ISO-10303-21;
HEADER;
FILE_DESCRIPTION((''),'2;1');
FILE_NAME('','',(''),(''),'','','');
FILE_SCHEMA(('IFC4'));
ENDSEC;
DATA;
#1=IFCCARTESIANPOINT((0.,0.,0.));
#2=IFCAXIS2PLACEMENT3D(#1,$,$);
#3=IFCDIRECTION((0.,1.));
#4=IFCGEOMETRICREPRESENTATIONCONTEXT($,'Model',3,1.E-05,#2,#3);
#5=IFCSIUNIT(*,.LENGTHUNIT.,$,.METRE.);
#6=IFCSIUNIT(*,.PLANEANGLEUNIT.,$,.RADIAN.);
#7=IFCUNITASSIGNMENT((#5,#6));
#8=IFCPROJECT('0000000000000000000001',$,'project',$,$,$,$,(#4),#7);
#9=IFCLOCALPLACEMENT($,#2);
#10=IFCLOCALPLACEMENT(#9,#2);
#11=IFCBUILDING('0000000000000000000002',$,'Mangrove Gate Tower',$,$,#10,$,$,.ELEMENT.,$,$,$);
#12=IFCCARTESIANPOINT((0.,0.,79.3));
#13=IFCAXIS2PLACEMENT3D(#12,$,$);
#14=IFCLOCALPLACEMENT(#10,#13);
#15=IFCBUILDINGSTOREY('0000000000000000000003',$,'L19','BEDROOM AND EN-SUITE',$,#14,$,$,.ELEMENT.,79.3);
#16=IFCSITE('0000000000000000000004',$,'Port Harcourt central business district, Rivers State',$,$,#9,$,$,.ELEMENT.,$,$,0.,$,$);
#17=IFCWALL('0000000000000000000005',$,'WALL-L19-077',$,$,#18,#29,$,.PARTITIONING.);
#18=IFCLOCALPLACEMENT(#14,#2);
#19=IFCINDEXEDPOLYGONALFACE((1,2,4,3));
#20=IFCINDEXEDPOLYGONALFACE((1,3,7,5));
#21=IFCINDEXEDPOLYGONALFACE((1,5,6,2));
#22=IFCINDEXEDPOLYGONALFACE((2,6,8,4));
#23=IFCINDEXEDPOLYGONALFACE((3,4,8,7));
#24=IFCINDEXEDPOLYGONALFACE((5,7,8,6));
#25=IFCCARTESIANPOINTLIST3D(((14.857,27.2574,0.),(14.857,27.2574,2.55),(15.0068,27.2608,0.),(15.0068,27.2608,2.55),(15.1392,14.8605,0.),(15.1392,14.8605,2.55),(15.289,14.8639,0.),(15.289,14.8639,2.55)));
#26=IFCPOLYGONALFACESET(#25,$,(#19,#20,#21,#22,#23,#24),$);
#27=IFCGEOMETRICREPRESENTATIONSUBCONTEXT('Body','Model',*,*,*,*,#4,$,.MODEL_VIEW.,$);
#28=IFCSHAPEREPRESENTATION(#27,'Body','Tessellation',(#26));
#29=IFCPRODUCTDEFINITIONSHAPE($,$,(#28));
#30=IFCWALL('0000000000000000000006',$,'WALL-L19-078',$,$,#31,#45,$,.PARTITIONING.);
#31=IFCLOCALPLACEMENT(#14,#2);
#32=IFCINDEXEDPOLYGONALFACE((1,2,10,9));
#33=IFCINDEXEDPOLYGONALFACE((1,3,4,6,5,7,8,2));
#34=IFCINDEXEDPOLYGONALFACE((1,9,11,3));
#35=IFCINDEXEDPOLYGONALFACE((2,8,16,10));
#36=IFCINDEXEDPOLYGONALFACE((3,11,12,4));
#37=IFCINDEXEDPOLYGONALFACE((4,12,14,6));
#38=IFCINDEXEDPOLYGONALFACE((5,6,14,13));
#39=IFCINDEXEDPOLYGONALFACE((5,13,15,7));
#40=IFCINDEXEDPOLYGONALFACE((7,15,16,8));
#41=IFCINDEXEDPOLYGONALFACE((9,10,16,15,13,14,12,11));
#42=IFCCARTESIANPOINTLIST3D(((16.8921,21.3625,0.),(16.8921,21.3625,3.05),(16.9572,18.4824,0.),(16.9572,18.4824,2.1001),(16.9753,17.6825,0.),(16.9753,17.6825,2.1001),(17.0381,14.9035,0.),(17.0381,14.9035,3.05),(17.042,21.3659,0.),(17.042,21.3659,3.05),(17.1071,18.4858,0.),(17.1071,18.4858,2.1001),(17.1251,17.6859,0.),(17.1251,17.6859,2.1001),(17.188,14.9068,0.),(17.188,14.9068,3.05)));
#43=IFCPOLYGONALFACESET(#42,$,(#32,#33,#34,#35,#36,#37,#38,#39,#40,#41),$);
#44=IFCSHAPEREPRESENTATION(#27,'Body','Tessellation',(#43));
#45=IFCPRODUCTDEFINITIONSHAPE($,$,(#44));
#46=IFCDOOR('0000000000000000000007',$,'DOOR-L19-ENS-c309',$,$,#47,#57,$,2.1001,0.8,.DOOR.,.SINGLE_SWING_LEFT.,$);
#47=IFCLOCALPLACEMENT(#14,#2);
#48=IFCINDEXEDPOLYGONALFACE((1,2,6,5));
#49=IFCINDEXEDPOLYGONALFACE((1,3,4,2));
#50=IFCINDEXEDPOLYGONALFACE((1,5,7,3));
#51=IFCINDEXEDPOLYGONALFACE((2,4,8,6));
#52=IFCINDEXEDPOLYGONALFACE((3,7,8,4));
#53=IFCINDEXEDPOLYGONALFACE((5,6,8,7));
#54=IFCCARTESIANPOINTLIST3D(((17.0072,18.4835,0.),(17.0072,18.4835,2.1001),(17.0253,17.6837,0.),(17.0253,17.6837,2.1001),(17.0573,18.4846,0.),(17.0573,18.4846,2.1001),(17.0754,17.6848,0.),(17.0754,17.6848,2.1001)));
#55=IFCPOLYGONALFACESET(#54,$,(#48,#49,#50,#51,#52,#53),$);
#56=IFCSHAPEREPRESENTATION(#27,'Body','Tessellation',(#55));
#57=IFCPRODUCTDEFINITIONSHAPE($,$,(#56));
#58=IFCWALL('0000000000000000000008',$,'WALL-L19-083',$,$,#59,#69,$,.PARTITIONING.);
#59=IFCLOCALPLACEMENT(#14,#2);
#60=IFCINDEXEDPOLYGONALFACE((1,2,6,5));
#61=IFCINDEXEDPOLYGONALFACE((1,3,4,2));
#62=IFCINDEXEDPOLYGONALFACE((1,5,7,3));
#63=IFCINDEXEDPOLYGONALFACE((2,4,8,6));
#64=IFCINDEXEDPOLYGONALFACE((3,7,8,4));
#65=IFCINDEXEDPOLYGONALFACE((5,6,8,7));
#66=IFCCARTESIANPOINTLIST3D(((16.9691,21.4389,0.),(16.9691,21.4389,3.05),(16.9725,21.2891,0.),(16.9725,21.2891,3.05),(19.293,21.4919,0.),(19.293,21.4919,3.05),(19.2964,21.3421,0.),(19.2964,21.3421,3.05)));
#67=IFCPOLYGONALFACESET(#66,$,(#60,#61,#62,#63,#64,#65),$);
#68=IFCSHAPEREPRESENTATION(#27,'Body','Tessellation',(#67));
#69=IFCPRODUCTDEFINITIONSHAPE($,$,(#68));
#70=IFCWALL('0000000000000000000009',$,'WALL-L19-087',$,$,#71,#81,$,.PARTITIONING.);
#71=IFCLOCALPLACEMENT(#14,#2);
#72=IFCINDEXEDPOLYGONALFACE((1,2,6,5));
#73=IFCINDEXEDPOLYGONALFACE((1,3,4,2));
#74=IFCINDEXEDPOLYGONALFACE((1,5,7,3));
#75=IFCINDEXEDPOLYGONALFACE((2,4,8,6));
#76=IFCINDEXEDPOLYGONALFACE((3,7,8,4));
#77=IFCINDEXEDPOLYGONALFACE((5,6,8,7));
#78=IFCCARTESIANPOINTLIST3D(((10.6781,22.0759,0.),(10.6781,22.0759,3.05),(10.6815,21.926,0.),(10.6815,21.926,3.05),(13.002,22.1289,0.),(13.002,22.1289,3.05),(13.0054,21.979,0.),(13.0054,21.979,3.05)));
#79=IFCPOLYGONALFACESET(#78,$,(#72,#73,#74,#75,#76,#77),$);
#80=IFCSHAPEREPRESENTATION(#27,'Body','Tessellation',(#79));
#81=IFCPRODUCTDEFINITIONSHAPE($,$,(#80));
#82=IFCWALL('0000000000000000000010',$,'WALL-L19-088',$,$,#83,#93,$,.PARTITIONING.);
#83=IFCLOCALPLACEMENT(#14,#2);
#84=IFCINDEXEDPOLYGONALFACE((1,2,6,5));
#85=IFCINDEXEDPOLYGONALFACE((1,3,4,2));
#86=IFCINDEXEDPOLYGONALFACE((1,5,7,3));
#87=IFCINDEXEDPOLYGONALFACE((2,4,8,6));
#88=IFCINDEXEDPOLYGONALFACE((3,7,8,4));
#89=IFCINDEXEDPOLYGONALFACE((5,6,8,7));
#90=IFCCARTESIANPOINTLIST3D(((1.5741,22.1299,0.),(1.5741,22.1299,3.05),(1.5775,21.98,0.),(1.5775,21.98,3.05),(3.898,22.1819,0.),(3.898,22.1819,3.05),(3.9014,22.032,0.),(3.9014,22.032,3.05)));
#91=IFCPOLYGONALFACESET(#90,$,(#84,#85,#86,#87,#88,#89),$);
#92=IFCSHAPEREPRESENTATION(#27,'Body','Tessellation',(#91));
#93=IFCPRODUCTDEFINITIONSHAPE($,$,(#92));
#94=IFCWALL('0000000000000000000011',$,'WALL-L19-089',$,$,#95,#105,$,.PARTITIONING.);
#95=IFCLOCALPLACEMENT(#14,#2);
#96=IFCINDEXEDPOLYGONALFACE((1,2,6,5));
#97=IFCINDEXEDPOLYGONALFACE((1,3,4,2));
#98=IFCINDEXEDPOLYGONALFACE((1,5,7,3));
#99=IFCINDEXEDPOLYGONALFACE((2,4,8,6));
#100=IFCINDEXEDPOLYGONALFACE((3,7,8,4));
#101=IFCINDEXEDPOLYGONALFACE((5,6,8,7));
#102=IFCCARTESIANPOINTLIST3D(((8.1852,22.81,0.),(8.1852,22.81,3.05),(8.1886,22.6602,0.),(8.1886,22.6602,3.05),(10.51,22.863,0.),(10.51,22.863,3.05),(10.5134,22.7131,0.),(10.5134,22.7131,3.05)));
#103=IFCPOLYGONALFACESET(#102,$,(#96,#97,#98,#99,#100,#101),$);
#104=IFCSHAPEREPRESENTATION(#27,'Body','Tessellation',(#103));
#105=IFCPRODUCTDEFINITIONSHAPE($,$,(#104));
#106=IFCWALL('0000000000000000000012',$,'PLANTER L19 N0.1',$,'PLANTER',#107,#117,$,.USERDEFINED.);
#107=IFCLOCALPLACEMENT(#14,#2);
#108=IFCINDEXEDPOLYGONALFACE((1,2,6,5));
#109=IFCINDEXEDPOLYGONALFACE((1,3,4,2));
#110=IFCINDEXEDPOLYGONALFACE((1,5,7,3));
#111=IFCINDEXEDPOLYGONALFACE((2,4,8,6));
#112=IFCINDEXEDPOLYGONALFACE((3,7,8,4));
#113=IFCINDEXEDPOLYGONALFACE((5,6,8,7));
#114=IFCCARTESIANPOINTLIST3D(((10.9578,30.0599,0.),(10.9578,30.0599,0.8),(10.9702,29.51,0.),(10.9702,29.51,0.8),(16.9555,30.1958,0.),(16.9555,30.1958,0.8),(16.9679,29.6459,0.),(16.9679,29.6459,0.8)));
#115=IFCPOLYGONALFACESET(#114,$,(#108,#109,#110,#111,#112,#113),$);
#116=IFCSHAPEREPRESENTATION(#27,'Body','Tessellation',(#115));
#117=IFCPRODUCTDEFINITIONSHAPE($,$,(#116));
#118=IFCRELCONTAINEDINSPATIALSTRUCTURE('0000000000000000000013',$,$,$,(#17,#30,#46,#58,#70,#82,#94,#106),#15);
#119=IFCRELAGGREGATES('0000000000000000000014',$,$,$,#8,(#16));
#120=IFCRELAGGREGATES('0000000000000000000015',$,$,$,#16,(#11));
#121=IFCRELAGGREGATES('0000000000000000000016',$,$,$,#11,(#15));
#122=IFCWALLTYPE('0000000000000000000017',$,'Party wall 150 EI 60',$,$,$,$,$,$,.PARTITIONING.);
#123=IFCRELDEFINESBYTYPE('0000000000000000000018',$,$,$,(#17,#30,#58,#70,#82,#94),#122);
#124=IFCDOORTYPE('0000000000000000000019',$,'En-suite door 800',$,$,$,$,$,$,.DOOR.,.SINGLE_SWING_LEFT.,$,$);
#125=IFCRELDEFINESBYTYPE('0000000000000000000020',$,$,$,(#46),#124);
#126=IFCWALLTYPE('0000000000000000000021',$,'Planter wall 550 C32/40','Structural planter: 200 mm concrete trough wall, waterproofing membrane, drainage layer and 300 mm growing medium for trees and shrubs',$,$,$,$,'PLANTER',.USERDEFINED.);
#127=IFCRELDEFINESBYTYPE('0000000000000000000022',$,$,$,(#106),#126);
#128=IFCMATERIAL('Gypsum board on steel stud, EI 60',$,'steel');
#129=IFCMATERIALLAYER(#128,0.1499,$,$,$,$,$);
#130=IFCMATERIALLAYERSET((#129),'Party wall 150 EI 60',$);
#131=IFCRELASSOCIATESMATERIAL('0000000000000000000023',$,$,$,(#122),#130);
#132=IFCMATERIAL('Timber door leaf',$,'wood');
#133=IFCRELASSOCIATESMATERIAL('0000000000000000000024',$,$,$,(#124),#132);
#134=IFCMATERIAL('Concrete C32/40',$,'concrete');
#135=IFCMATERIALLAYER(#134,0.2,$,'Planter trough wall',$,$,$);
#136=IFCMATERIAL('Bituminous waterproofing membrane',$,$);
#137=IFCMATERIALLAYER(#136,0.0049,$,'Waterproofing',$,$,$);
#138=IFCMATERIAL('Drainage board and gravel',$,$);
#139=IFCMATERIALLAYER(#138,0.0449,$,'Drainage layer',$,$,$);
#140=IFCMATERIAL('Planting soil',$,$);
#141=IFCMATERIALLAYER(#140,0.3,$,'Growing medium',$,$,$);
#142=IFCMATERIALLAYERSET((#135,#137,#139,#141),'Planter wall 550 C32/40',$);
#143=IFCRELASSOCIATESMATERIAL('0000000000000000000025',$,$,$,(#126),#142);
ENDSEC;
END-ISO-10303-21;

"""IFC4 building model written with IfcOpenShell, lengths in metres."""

from ifc_helpers import new_model, si_unit, direction, frame, frame_2d, origin, place, context, subcontext, project, spatial, rectangle, extrude, material, layer, layer_set, type_object, element, fill, save


model = new_model("IFC4")

# Units and contexts
model_context = context("Model", 3, precision=1e-05, world=origin(), true_north=direction((0.0, 1.0)))
body_context = subcontext(model_context, "Body", "Model", "MODEL_VIEW")
ifc_project = project(units=[si_unit("LENGTHUNIT", "METRE"), si_unit("PLANEANGLEUNIT", "RADIAN")], contexts=[model_context])

# Site, building, storey
site_placement = place(None, origin())
site = spatial("IfcSite", under=ifc_project, at=site_placement, Name="Port Harcourt central business district, Rivers State", CompositionType="ELEMENT", RefElevation=0.0)
building_placement = place(site_placement, origin())
building = spatial("IfcBuilding", under=site, at=building_placement, Name="Mangrove Gate Tower", CompositionType="ELEMENT")
storey_placement = place(building_placement, frame((0.0, 0.0, 79.3)))
storey = spatial("IfcBuildingStorey", under=building, at=storey_placement, Name="L19", Description="BEDROOM AND EN-SUITE", CompositionType="ELEMENT", Elevation=79.3)

# Shared definitions
ifc_material_1 = material(Name="Gypsum board on steel stud, EI 60", Category="steel")
ifc_layer_1 = layer(ifc_material_1, 0.1499)
ifc_layer_set_1 = layer_set([ifc_layer_1], Name="Party wall 150 EI 60")
wall_type_1 = type_object("IfcWallType", Name="Party wall 150 EI 60", PredefinedType="PARTITIONING", material=ifc_layer_set_1)

# Shared definitions
ifc_material_2 = material(Name="Timber door leaf", Category="wood")
door_type = type_object("IfcDoorType", Name="En-suite door 800", OperationType="SINGLE_SWING_LEFT", PredefinedType="DOOR", material=ifc_material_2)

# Wall
wall_1_placement = place(storey_placement, frame((15.2141, 14.8621, 0.0), z_axis=(0.0, 0.0, 1.0), x_axis=(-0.02276, 0.999741, 0.0)))
element("IfcWall", 1, at=wall_1_placement, inside=storey, type_object=wall_type_1, Name="WALL-L19-077", PredefinedType="PARTITIONING", context=body_context, shape_type="SweptSolid", body=[
    extrude(rectangle(XDim=12.4001, YDim=0.1499, at=frame_2d((6.2002, 0.0))), origin(), (0.0, 0.0, 1.0), 2.55),
])

# Wall, opening, door
wall_2_placement = place(storey_placement, frame((17.113, 14.905, 0.0), z_axis=(0.0, 0.0, 1.0), x_axis=(-0.022598, 0.999745, 0.0)))
wall_2 = element("IfcWall", 2, at=wall_2_placement, inside=storey, type_object=wall_type_1, Name="WALL-L19-078", PredefinedType="PARTITIONING", context=body_context, shape_type="SweptSolid", body=[
    extrude(rectangle(XDim=6.4607, YDim=0.1499, at=frame_2d((3.2305, 0.0))), origin(), (0.0, 0.0, 1.0), 3.05),
])
opening_1_placement = place(wall_2_placement, frame((2.78, 0.0, 0.0)))
opening_1 = element("IfcOpeningElement", 3, at=opening_1_placement, cuts=wall_2, PredefinedType="OPENING", context=body_context, shape_type="SweptSolid", body=[
    extrude(rectangle(XDim=0.8, YDim=2.1001, at=frame_2d((0.3999, 1.05))), frame((0.0, 0.085, 0.0), z_axis=(0.0, -1.0, 0.0), x_axis=(1.0, 0.0, 0.0)), (0.0, 0.0, 1.0), 0.1699),
])
door_1_placement = place(opening_1_placement, origin())
door_1 = element("IfcDoor", 4, at=door_1_placement, inside=storey, type_object=door_type, Name="DOOR-L19-ENS-c309", OperationType="SINGLE_SWING_LEFT", OverallHeight=2.1001, OverallWidth=0.8, PredefinedType="DOOR", context=body_context, shape_type="SweptSolid", body=[
    extrude(rectangle(XDim=0.8, YDim=2.1001, at=frame_2d((0.3999, 1.05))), frame((0.0, 0.0249, 0.0), z_axis=(0.0, -1.0, 0.0), x_axis=(1.0, 0.0, 0.0)), (0.0, 0.0, 1.0), 0.05),
])
fill(opening_1, door_1)

# Walls
for number, where, z_axis, x_axis, name in (
    (5, (16.9709, 21.364, 0.0), (0.0, 0.0, 1.0), (0.99974, 0.022791, 0.0), "WALL-L19-083"),
    (6, (10.6799, 22.001, 0.0), (0.0, 0.0, 1.0), (0.99974, 0.022791, 0.0), "WALL-L19-087"),
    (7, (1.5759, 22.0549, 0.0), (0.0, 0.0, 1.0), (0.99975, 0.022371, 0.0), "WALL-L19-088"),
):
    element("IfcWall", number, at=place(storey_placement, frame(where, z_axis=z_axis, x_axis=x_axis)), inside=storey, type_object=wall_type_1, Name=name, PredefinedType="PARTITIONING", context=body_context, shape_type="SweptSolid", body=[
        extrude(rectangle(XDim=2.3245, YDim=0.1499, at=frame_2d((1.1621, 0.0))), origin(), (0.0, 0.0, 1.0), 3.05),
    ])
wall_3_placement = place(storey_placement, frame((8.187, 22.7351, 0.0), z_axis=(0.0, 0.0, 1.0), x_axis=(0.99974, 0.022781, 0.0)))
element("IfcWall", 8, at=wall_3_placement, inside=storey, type_object=wall_type_1, Name="WALL-L19-089", PredefinedType="PARTITIONING", context=body_context, shape_type="SweptSolid", body=[
    extrude(rectangle(XDim=2.3254, YDim=0.1499, at=frame_2d((1.1626, 0.0))), origin(), (0.0, 0.0, 1.0), 3.05),
])
ifc_material_3 = material(Name="Concrete C32/40", Category="concrete")
ifc_layer_2 = layer(ifc_material_3, 0.2, Name="Planter trough wall")
ifc_material_4 = material(Name="Bituminous waterproofing membrane")
ifc_layer_3 = layer(ifc_material_4, 0.0049, Name="Waterproofing")
ifc_material_5 = material(Name="Drainage board and gravel")
ifc_layer_4 = layer(ifc_material_5, 0.0449, Name="Drainage layer")
ifc_material_6 = material(Name="Planting soil")
ifc_layer_5 = layer(ifc_material_6, 0.3, Name="Growing medium")
ifc_layer_set_2 = layer_set([ifc_layer_2, ifc_layer_3, ifc_layer_4, ifc_layer_5], Name="Planter wall 550 C32/40")
wall_type_2 = type_object("IfcWallType", Name="Planter wall 550 C32/40", Description="Structural planter: 200 mm concrete trough wall, waterproofing membrane, drainage layer and 300 mm growing medium for trees and shrubs", ElementType="PLANTER", PredefinedType="USERDEFINED", material=ifc_layer_set_2)
wall_4_placement = place(storey_placement, frame((10.9641, 29.7849, 0.0), z_axis=(0.0, 0.0, 1.0), x_axis=(0.999743, 0.022667, 0.0)))
element("IfcWall", 9, at=wall_4_placement, inside=storey, type_object=wall_type_2, Name="PLANTER L19 N0.1", ObjectType="PLANTER", PredefinedType="USERDEFINED", context=body_context, shape_type="SweptSolid", body=[
    extrude(rectangle(XDim=5.9993, YDim=0.55, at=frame_2d((2.9995, 0.0))), origin(), (0.0, 0.0, 1.0), 0.8),
])

save(model, "model.ifc")
